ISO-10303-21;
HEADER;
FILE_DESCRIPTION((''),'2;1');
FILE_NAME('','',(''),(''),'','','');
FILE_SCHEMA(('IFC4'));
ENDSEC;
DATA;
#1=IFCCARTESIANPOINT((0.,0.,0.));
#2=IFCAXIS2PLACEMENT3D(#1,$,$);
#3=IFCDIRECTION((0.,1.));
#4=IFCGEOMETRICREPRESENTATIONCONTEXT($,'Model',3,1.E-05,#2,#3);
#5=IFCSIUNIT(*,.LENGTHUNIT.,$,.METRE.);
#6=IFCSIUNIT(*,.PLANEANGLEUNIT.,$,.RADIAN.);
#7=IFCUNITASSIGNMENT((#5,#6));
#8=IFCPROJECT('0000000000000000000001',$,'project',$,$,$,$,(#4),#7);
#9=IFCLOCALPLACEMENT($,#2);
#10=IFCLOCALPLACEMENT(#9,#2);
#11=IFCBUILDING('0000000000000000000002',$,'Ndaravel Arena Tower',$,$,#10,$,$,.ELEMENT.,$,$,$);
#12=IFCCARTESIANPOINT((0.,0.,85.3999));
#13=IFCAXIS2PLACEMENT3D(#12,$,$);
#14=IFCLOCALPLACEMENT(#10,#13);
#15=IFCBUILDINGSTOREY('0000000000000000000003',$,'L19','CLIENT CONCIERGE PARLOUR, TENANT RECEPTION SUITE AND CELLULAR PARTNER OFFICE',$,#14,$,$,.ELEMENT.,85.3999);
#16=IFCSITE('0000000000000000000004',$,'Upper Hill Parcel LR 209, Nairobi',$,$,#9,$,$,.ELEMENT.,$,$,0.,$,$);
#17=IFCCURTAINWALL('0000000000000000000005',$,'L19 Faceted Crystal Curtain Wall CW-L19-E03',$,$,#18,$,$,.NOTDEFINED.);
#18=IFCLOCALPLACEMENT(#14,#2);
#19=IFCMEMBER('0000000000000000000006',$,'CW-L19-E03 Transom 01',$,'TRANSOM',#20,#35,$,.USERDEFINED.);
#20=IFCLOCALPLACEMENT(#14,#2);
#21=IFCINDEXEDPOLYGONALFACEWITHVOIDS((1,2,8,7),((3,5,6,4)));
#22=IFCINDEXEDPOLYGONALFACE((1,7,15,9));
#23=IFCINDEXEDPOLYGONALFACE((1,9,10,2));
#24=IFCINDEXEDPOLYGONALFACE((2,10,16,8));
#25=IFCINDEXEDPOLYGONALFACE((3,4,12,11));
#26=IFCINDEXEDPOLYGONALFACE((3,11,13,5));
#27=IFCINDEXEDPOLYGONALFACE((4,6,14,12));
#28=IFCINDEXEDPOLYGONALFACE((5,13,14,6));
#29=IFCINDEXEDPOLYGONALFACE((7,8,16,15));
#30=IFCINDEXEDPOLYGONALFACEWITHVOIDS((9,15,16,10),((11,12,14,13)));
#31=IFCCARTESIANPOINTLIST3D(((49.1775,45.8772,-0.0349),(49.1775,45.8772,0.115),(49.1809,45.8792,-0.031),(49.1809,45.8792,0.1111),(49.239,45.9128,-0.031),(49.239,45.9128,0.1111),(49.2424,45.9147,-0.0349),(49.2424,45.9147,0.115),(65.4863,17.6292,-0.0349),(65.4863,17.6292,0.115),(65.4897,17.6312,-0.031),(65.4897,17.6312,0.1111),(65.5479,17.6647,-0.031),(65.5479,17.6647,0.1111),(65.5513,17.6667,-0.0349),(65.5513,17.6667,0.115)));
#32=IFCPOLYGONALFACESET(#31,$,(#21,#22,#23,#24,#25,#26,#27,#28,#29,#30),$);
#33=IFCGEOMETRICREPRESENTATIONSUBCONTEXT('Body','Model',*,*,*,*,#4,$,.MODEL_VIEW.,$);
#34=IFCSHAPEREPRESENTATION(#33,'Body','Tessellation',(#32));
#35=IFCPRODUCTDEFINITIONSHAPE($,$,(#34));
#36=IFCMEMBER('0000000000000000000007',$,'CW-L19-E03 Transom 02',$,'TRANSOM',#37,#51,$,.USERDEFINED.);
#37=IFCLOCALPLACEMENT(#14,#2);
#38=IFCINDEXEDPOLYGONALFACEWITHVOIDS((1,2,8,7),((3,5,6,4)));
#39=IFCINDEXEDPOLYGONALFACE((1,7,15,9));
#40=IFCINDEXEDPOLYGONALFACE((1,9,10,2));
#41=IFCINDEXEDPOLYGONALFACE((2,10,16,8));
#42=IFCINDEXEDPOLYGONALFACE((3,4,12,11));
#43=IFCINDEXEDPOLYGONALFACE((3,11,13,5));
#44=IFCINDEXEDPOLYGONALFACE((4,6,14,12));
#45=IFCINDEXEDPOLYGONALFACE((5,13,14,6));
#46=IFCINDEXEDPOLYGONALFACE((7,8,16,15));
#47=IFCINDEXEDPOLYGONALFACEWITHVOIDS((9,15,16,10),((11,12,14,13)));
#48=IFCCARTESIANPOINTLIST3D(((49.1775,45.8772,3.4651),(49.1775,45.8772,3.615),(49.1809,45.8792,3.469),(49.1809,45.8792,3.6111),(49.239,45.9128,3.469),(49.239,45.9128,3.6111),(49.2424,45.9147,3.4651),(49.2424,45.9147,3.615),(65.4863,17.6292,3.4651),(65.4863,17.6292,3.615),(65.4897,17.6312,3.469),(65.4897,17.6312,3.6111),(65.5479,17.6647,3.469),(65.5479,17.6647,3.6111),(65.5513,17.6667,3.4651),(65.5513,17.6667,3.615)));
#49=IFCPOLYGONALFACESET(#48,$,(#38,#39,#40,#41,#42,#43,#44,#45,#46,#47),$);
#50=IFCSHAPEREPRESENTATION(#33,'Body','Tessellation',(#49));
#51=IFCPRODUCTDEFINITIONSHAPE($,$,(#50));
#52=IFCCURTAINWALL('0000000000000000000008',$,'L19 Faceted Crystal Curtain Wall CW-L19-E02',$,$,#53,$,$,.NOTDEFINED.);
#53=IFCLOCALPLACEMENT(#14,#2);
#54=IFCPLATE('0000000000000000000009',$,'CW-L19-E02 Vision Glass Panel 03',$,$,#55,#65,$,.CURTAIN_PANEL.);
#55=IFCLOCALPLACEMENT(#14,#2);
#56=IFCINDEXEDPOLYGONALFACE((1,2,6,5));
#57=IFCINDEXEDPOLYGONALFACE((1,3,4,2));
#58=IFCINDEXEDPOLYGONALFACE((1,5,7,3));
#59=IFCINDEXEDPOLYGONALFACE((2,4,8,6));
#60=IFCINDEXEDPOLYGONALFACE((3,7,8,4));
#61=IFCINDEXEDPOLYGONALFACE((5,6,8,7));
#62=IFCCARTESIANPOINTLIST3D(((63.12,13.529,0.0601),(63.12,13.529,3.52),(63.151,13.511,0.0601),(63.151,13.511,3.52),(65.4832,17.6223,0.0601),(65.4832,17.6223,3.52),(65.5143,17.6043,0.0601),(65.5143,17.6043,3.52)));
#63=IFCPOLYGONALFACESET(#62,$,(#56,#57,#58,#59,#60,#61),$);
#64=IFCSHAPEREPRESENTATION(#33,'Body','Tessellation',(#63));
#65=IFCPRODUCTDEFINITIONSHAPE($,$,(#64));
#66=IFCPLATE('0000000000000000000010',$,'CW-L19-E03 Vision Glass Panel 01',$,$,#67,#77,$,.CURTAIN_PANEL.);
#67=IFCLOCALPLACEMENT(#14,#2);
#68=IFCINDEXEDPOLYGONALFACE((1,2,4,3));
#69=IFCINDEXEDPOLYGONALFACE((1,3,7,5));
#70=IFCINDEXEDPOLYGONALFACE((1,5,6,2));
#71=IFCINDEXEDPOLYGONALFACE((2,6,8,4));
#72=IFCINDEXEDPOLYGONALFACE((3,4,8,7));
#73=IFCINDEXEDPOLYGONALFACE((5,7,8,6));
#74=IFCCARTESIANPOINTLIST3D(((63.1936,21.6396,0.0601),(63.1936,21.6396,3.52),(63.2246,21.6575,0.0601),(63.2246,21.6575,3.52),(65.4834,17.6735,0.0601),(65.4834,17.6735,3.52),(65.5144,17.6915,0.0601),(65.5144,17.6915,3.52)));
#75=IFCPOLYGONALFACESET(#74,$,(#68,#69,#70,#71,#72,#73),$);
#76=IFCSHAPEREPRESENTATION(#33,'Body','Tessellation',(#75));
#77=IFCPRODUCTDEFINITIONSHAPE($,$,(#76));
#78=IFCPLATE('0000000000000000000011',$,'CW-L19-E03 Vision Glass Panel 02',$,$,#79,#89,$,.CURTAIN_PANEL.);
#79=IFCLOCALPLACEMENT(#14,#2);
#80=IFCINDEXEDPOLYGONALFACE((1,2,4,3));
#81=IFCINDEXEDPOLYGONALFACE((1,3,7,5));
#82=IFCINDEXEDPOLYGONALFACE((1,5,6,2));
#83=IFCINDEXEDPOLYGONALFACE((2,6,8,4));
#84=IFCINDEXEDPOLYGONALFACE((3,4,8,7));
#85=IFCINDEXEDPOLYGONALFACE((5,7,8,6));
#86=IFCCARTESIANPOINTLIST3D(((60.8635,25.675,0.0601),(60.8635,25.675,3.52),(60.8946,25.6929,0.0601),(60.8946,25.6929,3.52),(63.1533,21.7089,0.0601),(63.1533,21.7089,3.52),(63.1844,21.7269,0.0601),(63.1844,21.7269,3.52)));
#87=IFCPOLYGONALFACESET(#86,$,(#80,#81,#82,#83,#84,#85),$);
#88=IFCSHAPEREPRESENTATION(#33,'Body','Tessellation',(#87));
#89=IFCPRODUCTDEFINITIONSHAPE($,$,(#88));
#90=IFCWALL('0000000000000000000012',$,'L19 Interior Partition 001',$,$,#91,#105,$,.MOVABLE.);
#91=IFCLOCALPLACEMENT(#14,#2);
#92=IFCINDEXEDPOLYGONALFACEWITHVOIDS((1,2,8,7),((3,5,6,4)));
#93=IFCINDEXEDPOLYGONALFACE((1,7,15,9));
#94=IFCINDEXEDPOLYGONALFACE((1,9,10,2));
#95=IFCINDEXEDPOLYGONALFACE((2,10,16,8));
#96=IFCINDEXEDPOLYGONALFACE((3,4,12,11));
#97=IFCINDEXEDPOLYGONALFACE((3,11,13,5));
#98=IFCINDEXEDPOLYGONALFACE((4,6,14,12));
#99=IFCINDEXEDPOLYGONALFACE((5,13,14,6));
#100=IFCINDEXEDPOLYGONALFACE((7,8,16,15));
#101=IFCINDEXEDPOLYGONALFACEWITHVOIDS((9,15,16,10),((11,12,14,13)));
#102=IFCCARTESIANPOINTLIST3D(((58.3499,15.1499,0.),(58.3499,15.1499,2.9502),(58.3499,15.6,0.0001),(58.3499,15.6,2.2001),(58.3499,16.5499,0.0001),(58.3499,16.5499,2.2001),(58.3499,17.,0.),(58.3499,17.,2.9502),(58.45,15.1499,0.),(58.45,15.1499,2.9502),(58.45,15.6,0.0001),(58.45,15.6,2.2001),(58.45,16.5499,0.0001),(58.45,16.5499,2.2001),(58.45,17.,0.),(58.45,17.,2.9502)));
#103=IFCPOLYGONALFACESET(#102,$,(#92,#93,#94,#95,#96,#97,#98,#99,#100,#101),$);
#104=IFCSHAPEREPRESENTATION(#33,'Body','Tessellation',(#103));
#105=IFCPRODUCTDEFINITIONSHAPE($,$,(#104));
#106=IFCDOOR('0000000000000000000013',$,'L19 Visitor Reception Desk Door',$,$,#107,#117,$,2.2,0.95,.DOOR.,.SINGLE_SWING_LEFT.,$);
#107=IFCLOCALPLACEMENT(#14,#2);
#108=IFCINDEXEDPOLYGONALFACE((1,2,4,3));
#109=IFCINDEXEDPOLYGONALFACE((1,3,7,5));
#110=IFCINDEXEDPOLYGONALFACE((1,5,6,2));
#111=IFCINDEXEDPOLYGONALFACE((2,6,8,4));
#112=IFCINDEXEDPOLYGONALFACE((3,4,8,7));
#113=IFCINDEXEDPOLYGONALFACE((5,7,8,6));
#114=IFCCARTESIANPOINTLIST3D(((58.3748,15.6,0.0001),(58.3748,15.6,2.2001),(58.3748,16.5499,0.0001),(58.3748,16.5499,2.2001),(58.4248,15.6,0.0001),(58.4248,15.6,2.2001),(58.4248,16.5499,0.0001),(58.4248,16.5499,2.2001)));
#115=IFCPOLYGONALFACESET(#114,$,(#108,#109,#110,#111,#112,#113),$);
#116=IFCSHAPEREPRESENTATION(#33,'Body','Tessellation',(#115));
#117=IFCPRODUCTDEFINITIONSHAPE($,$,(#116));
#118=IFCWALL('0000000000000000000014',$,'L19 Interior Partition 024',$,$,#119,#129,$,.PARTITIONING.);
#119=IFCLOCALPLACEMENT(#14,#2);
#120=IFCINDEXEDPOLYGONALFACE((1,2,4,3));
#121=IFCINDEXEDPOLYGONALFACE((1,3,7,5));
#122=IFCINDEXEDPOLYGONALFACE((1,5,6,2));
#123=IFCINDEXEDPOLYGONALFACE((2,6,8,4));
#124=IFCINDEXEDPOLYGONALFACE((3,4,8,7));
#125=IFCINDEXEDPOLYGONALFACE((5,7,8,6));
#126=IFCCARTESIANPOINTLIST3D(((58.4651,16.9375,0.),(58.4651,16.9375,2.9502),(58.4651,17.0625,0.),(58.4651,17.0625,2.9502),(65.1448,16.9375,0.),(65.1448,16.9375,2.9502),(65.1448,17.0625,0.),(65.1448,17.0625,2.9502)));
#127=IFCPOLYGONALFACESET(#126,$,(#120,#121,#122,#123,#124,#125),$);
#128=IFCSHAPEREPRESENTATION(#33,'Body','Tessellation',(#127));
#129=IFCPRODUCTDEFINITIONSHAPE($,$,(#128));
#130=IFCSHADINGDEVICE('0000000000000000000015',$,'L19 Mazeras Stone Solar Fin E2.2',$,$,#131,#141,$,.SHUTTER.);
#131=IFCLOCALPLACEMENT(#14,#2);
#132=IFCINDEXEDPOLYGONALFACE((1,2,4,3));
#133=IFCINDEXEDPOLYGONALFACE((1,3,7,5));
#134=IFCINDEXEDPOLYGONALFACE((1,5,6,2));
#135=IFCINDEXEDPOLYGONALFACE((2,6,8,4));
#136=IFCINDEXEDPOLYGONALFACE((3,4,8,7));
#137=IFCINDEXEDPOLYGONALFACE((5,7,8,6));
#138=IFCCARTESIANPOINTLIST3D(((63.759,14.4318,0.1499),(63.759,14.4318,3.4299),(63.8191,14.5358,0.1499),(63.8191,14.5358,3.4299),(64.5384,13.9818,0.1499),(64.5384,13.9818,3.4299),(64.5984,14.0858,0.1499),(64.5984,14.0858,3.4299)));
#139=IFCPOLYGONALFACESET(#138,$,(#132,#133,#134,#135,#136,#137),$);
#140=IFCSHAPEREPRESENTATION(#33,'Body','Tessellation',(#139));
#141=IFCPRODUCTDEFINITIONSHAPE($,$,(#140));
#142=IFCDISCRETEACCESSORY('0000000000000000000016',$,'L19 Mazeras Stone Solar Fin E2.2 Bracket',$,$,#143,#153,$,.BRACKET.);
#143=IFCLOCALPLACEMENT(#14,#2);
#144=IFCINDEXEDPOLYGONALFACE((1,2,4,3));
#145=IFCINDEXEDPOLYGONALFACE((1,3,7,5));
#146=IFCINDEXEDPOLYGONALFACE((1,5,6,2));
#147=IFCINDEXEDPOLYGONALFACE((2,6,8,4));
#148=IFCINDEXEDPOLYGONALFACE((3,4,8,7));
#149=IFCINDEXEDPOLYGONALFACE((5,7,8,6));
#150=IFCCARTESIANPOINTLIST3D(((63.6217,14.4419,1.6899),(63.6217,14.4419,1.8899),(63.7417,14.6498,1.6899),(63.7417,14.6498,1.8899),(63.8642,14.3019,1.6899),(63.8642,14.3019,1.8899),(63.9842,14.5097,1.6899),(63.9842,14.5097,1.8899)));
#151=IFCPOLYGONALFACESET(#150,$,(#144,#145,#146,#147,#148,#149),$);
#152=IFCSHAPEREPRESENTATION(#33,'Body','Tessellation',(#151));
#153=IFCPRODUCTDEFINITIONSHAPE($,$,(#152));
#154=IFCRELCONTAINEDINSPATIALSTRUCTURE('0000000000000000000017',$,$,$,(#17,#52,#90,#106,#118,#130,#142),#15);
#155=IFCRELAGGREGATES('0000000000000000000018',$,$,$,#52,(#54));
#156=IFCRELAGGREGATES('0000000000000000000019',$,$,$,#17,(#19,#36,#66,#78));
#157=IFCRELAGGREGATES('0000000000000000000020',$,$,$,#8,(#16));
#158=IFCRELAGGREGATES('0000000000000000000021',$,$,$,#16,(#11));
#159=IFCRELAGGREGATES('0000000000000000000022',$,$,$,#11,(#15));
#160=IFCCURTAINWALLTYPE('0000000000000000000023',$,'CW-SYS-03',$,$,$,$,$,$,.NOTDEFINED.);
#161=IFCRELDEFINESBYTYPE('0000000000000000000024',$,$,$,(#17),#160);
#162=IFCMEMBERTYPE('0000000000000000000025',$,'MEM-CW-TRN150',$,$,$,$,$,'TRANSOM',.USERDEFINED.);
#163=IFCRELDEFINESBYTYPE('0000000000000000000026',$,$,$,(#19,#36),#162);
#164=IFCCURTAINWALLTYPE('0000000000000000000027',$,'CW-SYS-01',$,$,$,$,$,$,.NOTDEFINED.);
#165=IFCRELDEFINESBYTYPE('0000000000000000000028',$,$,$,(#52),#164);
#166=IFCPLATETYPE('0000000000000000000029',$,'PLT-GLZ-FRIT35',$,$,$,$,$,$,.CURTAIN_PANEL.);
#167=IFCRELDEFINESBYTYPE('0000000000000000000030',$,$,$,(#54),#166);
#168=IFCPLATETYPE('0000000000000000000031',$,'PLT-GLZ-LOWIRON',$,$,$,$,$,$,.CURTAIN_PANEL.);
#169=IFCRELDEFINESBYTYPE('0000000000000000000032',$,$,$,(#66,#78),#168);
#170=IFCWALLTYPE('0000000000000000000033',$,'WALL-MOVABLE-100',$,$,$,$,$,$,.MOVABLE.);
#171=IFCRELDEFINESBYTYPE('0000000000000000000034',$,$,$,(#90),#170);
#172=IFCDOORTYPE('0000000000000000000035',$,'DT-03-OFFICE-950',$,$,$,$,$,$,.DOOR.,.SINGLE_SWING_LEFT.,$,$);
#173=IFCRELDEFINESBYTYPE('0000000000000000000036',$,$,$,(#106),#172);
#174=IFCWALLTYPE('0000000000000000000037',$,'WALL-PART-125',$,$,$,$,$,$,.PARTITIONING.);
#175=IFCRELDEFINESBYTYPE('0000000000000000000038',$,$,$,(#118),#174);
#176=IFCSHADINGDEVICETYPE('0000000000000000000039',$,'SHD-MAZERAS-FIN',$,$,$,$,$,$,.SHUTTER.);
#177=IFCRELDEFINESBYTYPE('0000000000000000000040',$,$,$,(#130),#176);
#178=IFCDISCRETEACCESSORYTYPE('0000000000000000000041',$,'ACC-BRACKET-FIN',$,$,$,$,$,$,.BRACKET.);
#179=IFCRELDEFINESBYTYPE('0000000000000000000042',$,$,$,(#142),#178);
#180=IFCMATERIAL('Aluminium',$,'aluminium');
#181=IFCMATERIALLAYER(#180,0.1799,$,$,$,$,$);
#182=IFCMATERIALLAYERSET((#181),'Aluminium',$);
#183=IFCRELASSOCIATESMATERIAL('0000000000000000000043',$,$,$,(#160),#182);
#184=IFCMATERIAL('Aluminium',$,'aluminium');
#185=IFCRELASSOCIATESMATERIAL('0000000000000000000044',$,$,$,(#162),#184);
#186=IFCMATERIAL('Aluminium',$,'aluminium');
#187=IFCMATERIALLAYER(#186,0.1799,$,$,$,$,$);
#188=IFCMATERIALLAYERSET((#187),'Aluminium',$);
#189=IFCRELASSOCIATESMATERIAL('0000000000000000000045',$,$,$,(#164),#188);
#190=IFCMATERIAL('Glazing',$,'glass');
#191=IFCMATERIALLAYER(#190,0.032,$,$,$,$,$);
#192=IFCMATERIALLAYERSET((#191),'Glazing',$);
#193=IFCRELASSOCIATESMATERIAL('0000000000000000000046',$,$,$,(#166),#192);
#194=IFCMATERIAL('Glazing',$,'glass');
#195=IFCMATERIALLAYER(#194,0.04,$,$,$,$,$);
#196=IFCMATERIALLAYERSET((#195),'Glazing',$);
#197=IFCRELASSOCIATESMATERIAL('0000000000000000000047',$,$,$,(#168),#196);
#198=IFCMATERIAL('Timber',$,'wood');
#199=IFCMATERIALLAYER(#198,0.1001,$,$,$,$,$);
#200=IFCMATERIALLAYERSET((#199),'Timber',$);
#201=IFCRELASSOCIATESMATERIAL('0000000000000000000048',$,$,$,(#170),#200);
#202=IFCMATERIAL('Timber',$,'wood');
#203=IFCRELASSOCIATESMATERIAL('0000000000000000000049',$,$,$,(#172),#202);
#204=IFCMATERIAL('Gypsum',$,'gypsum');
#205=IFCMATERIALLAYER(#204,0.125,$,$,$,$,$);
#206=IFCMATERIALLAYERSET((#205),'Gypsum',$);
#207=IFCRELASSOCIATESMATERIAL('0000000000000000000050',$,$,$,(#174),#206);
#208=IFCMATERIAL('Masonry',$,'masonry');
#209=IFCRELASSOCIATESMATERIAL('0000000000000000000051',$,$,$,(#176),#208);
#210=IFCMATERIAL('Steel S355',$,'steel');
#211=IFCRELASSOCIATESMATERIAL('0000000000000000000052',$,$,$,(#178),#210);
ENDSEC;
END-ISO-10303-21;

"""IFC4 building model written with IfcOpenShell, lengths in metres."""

from ifc_helpers import new_model, si_unit, direction, frame, frame_2d, origin, origin_2d, place, context, subcontext, project, spatial, rectangle, hollow_rectangle, extrude, material, layer, layer_set, material_profile, profile_set, type_object, element, fill, aggregate, save


model = new_model("IFC4")

# Units and contexts
model_context = context("Model", 3, precision=1e-05, world=origin(), true_north=direction((0.0, 1.0)))
body_context = subcontext(model_context, "Body", "Model", "MODEL_VIEW")
ifc_project = project(units=[si_unit("LENGTHUNIT", "METRE"), si_unit("PLANEANGLEUNIT", "RADIAN")], contexts=[model_context])

# Site, building, storey
site_placement = place(None, origin())
site = spatial("IfcSite", under=ifc_project, at=site_placement, Name="Upper Hill Parcel LR 209, Nairobi", CompositionType="ELEMENT", RefElevation=0.0)
building_placement = place(site_placement, origin())
building = spatial("IfcBuilding", under=site, at=building_placement, Name="Ndaravel Arena Tower", CompositionType="ELEMENT")
storey_placement = place(building_placement, frame((0.0, 0.0, 85.3999)))
storey = spatial("IfcBuildingStorey", under=building, at=storey_placement, Name="L19", Description="CLIENT CONCIERGE PARLOUR, TENANT RECEPTION SUITE AND CELLULAR PARTNER OFFICE", CompositionType="ELEMENT", Elevation=85.3999)

# Curtain wall, members
ifc_material_1 = material(Name="Aluminium", Category="aluminium")
ifc_layer_1 = layer(ifc_material_1, 0.1799)
ifc_layer_set_1 = layer_set([ifc_layer_1], Name="Aluminium")
curtain_wall_type_1 = type_object("IfcCurtainWallType", Name="CW-SYS-03", PredefinedType="NOTDEFINED", material=ifc_layer_set_1)
curtain_wall_1_placement = place(storey_placement, origin())
curtain_wall_1 = element("IfcCurtainWall", 1, at=curtain_wall_1_placement, inside=storey, type_object=curtain_wall_type_1, Name="L19 Faceted Crystal Curtain Wall CW-L19-E03", PredefinedType="NOTDEFINED")
ifc_material_2 = material(Name="Aluminium", Category="aluminium")
ifc_material_profile_1 = material_profile(ifc_material_2, hollow_rectangle(XDim=0.075, YDim=0.1499, WallThickness=0.0039, at=origin_2d()), Name="CW TRANSOM 75x150x4")
ifc_profile_set_1 = profile_set([ifc_material_profile_1], Name="Aluminium")
member_type_1 = type_object("IfcMemberType", Name="MEM-CW-TRN150", ElementType="TRANSOM", PredefinedType="USERDEFINED", material=ifc_profile_set_1)
member_1_placement = place(storey_placement, frame((65.5188, 17.6479, 0.04), z_axis=(-0.499996, 0.866028, 0.0), x_axis=(-0.866028, -0.499996, 0.0)))
member_1 = element("IfcMember", 2, at=member_1_placement, type_object=member_type_1, Name="CW-L19-E03 Transom 01", ObjectType="TRANSOM", PredefinedType="USERDEFINED", context=body_context, shape_type="SweptSolid", body=[
    extrude(hollow_rectangle(XDim=0.075, YDim=0.1499, WallThickness=0.0039, at=origin_2d()), origin(), (0.0, 0.0, 1.0), 32.6179),
])
member_2_placement = place(storey_placement, frame((65.5188, 17.6479, 3.54), z_axis=(-0.499996, 0.866028, 0.0), x_axis=(-0.866028, -0.499996, 0.0)))
member_2 = element("IfcMember", 3, at=member_2_placement, type_object=member_type_1, Name="CW-L19-E03 Transom 02", ObjectType="TRANSOM", PredefinedType="USERDEFINED", context=body_context, shape_type="SweptSolid", body=[
    extrude(hollow_rectangle(XDim=0.075, YDim=0.1499, WallThickness=0.0039, at=origin_2d()), origin(), (0.0, 0.0, 1.0), 32.6179),
])

# Curtain wall, plate
ifc_material_3 = material(Name="Aluminium", Category="aluminium")
ifc_layer_2 = layer(ifc_material_3, 0.1799)
ifc_layer_set_2 = layer_set([ifc_layer_2], Name="Aluminium")
curtain_wall_type_2 = type_object("IfcCurtainWallType", Name="CW-SYS-01", PredefinedType="NOTDEFINED", material=ifc_layer_set_2)
curtain_wall_2_placement = place(storey_placement, origin())
curtain_wall_2 = element("IfcCurtainWall", 4, at=curtain_wall_2_placement, inside=storey, type_object=curtain_wall_type_2, Name="L19 Faceted Crystal Curtain Wall CW-L19-E02", PredefinedType="NOTDEFINED")
ifc_material_4 = material(Name="Glazing", Category="glass")
ifc_layer_3 = layer(ifc_material_4, 0.032)
ifc_layer_set_3 = layer_set([ifc_layer_3], Name="Glazing")
plate_type_1 = type_object("IfcPlateType", Name="PLT-GLZ-FRIT35", PredefinedType="CURTAIN_PANEL", material=ifc_layer_set_3)
plate_1_placement = place(storey_placement, frame((64.3171, 15.5667, 0.0601), z_axis=(0.0, 0.0, 1.0), x_axis=(0.5, 0.866025, 0.0)))
plate_1 = element("IfcPlate", 5, at=plate_1_placement, type_object=plate_type_1, Name="CW-L19-E02 Vision Glass Panel 03", PredefinedType="CURTAIN_PANEL", context=body_context, shape_type="SweptSolid", body=[
    extrude(rectangle(XDim=4.7266, YDim=0.0359, at=origin_2d()), origin(), (0.0, 0.0, 1.0), 3.46),
])
aggregate(curtain_wall_2, [plate_1])

# Plates
ifc_material_5 = material(Name="Glazing", Category="glass")
ifc_layer_4 = layer(ifc_material_5, 0.04)
ifc_layer_set_4 = layer_set([ifc_layer_4], Name="Glazing")
plate_type_2 = type_object("IfcPlateType", Name="PLT-GLZ-LOWIRON", PredefinedType="CURTAIN_PANEL", material=ifc_layer_set_4)
plate_2_placement = place(storey_placement, frame((64.354, 19.6655, 0.0601), z_axis=(0.0, 0.0, 1.0), x_axis=(-0.5, 0.866025, 0.0)))
plate_2 = element("IfcPlate", 6, at=plate_2_placement, type_object=plate_type_2, Name="CW-L19-E03 Vision Glass Panel 01", PredefinedType="CURTAIN_PANEL", context=body_context, shape_type="SweptSolid", body=[
    extrude(rectangle(XDim=4.5796, YDim=0.0359, at=origin_2d()), origin(), (0.0, 0.0, 1.0), 3.46),
])
plate_3_placement = place(storey_placement, frame((62.0239, 23.7009, 0.0601), z_axis=(0.0, 0.0, 1.0), x_axis=(-0.5, 0.866025, 0.0)))
plate_3 = element("IfcPlate", 7, at=plate_3_placement, type_object=plate_type_2, Name="CW-L19-E03 Vision Glass Panel 02", PredefinedType="CURTAIN_PANEL", context=body_context, shape_type="SweptSolid", body=[
    extrude(rectangle(XDim=4.5796, YDim=0.0359, at=origin_2d()), origin(), (0.0, 0.0, 1.0), 3.46),
])
aggregate(curtain_wall_1, [member_1, member_2, plate_2, plate_3])

# Wall, opening, door
ifc_material_6 = material(Name="Timber", Category="wood")
ifc_layer_5 = layer(ifc_material_6, 0.1001)
ifc_layer_set_5 = layer_set([ifc_layer_5], Name="Timber")
wall_type_1 = type_object("IfcWallType", Name="WALL-MOVABLE-100", PredefinedType="MOVABLE", material=ifc_layer_set_5)
wall_1_placement = place(storey_placement, frame((58.3999, 17.0, 0.0), z_axis=(0.0, 0.0, 1.0), x_axis=(0.0, -1.0, 0.0)))
wall_1 = element("IfcWall", 8, at=wall_1_placement, inside=storey, type_object=wall_type_1, Name="L19 Interior Partition 001", PredefinedType="MOVABLE", context=body_context, shape_type="SweptSolid", body=[
    extrude(rectangle(XDim=1.8501, YDim=0.1001, at=frame_2d((0.925, 0.0))), origin(), (0.0, 0.0, 1.0), 2.9502),
])
opening_placement = place(wall_1_placement, frame((0.45, 0.0, 0.0)))
opening = element("IfcOpeningElement", 9, at=opening_placement, cuts=wall_1, PredefinedType="OPENING", context=body_context, shape_type="SweptSolid", body=[
    extrude(rectangle(XDim=0.95, YDim=2.2, at=frame_2d((0.4751, 1.1001))), frame((0.0, 0.05, 0.0), z_axis=(0.0, -1.0, 0.0), x_axis=(1.0, 0.0, 0.0)), (0.0, 0.0, 1.0), 0.1001),
])
ifc_material_7 = material(Name="Timber", Category="wood")
door_type = type_object("IfcDoorType", Name="DT-03-OFFICE-950", OperationType="SINGLE_SWING_LEFT", PredefinedType="DOOR", material=ifc_material_7)
door_placement = place(opening_placement, origin())
door = element("IfcDoor", 10, at=door_placement, inside=storey, type_object=door_type, Name="L19 Visitor Reception Desk Door", OperationType="SINGLE_SWING_LEFT", OverallHeight=2.2, OverallWidth=0.95, PredefinedType="DOOR", context=body_context, shape_type="SweptSolid", body=[
    extrude(rectangle(XDim=0.95, YDim=2.2, at=frame_2d((0.4751, 1.1001))), frame((0.0, 0.0249, 0.0), z_axis=(0.0, -1.0, 0.0), x_axis=(1.0, 0.0, 0.0)), (0.0, 0.0, 1.0), 0.05),
])
fill(opening, door)

# Wall
ifc_material_8 = material(Name="Gypsum", Category="gypsum")
ifc_layer_6 = layer(ifc_material_8, 0.125)
ifc_layer_set_6 = layer_set([ifc_layer_6], Name="Gypsum")
wall_type_2 = type_object("IfcWallType", Name="WALL-PART-125", PredefinedType="PARTITIONING", material=ifc_layer_set_6)
wall_2_placement = place(storey_placement, frame((58.4651, 17.0, 0.0), z_axis=(0.0, 0.0, 1.0), x_axis=(1.0, 0.0, 0.0)))
element("IfcWall", 11, at=wall_2_placement, inside=storey, type_object=wall_type_2, Name="L19 Interior Partition 024", PredefinedType="PARTITIONING", context=body_context, shape_type="SweptSolid", body=[
    extrude(rectangle(XDim=6.6797, YDim=0.125, at=frame_2d((3.3398, 0.0))), origin(), (0.0, 0.0, 1.0), 2.9502),
])

# Shading device
ifc_material_9 = material(Name="Masonry", Category="masonry")
shading_device_type = type_object("IfcShadingDeviceType", Name="SHD-MAZERAS-FIN", PredefinedType="SHUTTER", material=ifc_material_9)
shading_device_placement = place(storey_placement, frame((64.1787, 14.2588, 0.1499), z_axis=(0.0, 0.0, 1.0), x_axis=(0.866025, -0.5, 0.0)))
element("IfcShadingDevice", 12, at=shading_device_placement, inside=storey, type_object=shading_device_type, Name="L19 Mazeras Stone Solar Fin E2.2", PredefinedType="SHUTTER", context=body_context, shape_type="SweptSolid", body=[
    extrude(rectangle(XDim=0.8999, YDim=0.1201, at=origin_2d()), origin(), (0.0, 0.0, 1.0), 3.28),
])

# Discrete accessory
ifc_material_10 = material(Name="Steel S355", Category="steel")
discrete_accessory_type = type_object("IfcDiscreteAccessoryType", Name="ACC-BRACKET-FIN", PredefinedType="BRACKET", material=ifc_material_10)
discrete_accessory_placement = place(storey_placement, frame((63.803, 14.4758, 1.6899), z_axis=(0.0, 0.0, 1.0), x_axis=(0.866025, -0.5, 0.0)))
element("IfcDiscreteAccessory", 13, at=discrete_accessory_placement, inside=storey, type_object=discrete_accessory_type, Name="L19 Mazeras Stone Solar Fin E2.2 Bracket", PredefinedType="BRACKET", context=body_context, shape_type="SweptSolid", body=[
    extrude(rectangle(XDim=0.28, YDim=0.24, at=origin_2d()), origin(), (0.0, 0.0, 1.0), 0.2),
])

save(model, "model.ifc")
